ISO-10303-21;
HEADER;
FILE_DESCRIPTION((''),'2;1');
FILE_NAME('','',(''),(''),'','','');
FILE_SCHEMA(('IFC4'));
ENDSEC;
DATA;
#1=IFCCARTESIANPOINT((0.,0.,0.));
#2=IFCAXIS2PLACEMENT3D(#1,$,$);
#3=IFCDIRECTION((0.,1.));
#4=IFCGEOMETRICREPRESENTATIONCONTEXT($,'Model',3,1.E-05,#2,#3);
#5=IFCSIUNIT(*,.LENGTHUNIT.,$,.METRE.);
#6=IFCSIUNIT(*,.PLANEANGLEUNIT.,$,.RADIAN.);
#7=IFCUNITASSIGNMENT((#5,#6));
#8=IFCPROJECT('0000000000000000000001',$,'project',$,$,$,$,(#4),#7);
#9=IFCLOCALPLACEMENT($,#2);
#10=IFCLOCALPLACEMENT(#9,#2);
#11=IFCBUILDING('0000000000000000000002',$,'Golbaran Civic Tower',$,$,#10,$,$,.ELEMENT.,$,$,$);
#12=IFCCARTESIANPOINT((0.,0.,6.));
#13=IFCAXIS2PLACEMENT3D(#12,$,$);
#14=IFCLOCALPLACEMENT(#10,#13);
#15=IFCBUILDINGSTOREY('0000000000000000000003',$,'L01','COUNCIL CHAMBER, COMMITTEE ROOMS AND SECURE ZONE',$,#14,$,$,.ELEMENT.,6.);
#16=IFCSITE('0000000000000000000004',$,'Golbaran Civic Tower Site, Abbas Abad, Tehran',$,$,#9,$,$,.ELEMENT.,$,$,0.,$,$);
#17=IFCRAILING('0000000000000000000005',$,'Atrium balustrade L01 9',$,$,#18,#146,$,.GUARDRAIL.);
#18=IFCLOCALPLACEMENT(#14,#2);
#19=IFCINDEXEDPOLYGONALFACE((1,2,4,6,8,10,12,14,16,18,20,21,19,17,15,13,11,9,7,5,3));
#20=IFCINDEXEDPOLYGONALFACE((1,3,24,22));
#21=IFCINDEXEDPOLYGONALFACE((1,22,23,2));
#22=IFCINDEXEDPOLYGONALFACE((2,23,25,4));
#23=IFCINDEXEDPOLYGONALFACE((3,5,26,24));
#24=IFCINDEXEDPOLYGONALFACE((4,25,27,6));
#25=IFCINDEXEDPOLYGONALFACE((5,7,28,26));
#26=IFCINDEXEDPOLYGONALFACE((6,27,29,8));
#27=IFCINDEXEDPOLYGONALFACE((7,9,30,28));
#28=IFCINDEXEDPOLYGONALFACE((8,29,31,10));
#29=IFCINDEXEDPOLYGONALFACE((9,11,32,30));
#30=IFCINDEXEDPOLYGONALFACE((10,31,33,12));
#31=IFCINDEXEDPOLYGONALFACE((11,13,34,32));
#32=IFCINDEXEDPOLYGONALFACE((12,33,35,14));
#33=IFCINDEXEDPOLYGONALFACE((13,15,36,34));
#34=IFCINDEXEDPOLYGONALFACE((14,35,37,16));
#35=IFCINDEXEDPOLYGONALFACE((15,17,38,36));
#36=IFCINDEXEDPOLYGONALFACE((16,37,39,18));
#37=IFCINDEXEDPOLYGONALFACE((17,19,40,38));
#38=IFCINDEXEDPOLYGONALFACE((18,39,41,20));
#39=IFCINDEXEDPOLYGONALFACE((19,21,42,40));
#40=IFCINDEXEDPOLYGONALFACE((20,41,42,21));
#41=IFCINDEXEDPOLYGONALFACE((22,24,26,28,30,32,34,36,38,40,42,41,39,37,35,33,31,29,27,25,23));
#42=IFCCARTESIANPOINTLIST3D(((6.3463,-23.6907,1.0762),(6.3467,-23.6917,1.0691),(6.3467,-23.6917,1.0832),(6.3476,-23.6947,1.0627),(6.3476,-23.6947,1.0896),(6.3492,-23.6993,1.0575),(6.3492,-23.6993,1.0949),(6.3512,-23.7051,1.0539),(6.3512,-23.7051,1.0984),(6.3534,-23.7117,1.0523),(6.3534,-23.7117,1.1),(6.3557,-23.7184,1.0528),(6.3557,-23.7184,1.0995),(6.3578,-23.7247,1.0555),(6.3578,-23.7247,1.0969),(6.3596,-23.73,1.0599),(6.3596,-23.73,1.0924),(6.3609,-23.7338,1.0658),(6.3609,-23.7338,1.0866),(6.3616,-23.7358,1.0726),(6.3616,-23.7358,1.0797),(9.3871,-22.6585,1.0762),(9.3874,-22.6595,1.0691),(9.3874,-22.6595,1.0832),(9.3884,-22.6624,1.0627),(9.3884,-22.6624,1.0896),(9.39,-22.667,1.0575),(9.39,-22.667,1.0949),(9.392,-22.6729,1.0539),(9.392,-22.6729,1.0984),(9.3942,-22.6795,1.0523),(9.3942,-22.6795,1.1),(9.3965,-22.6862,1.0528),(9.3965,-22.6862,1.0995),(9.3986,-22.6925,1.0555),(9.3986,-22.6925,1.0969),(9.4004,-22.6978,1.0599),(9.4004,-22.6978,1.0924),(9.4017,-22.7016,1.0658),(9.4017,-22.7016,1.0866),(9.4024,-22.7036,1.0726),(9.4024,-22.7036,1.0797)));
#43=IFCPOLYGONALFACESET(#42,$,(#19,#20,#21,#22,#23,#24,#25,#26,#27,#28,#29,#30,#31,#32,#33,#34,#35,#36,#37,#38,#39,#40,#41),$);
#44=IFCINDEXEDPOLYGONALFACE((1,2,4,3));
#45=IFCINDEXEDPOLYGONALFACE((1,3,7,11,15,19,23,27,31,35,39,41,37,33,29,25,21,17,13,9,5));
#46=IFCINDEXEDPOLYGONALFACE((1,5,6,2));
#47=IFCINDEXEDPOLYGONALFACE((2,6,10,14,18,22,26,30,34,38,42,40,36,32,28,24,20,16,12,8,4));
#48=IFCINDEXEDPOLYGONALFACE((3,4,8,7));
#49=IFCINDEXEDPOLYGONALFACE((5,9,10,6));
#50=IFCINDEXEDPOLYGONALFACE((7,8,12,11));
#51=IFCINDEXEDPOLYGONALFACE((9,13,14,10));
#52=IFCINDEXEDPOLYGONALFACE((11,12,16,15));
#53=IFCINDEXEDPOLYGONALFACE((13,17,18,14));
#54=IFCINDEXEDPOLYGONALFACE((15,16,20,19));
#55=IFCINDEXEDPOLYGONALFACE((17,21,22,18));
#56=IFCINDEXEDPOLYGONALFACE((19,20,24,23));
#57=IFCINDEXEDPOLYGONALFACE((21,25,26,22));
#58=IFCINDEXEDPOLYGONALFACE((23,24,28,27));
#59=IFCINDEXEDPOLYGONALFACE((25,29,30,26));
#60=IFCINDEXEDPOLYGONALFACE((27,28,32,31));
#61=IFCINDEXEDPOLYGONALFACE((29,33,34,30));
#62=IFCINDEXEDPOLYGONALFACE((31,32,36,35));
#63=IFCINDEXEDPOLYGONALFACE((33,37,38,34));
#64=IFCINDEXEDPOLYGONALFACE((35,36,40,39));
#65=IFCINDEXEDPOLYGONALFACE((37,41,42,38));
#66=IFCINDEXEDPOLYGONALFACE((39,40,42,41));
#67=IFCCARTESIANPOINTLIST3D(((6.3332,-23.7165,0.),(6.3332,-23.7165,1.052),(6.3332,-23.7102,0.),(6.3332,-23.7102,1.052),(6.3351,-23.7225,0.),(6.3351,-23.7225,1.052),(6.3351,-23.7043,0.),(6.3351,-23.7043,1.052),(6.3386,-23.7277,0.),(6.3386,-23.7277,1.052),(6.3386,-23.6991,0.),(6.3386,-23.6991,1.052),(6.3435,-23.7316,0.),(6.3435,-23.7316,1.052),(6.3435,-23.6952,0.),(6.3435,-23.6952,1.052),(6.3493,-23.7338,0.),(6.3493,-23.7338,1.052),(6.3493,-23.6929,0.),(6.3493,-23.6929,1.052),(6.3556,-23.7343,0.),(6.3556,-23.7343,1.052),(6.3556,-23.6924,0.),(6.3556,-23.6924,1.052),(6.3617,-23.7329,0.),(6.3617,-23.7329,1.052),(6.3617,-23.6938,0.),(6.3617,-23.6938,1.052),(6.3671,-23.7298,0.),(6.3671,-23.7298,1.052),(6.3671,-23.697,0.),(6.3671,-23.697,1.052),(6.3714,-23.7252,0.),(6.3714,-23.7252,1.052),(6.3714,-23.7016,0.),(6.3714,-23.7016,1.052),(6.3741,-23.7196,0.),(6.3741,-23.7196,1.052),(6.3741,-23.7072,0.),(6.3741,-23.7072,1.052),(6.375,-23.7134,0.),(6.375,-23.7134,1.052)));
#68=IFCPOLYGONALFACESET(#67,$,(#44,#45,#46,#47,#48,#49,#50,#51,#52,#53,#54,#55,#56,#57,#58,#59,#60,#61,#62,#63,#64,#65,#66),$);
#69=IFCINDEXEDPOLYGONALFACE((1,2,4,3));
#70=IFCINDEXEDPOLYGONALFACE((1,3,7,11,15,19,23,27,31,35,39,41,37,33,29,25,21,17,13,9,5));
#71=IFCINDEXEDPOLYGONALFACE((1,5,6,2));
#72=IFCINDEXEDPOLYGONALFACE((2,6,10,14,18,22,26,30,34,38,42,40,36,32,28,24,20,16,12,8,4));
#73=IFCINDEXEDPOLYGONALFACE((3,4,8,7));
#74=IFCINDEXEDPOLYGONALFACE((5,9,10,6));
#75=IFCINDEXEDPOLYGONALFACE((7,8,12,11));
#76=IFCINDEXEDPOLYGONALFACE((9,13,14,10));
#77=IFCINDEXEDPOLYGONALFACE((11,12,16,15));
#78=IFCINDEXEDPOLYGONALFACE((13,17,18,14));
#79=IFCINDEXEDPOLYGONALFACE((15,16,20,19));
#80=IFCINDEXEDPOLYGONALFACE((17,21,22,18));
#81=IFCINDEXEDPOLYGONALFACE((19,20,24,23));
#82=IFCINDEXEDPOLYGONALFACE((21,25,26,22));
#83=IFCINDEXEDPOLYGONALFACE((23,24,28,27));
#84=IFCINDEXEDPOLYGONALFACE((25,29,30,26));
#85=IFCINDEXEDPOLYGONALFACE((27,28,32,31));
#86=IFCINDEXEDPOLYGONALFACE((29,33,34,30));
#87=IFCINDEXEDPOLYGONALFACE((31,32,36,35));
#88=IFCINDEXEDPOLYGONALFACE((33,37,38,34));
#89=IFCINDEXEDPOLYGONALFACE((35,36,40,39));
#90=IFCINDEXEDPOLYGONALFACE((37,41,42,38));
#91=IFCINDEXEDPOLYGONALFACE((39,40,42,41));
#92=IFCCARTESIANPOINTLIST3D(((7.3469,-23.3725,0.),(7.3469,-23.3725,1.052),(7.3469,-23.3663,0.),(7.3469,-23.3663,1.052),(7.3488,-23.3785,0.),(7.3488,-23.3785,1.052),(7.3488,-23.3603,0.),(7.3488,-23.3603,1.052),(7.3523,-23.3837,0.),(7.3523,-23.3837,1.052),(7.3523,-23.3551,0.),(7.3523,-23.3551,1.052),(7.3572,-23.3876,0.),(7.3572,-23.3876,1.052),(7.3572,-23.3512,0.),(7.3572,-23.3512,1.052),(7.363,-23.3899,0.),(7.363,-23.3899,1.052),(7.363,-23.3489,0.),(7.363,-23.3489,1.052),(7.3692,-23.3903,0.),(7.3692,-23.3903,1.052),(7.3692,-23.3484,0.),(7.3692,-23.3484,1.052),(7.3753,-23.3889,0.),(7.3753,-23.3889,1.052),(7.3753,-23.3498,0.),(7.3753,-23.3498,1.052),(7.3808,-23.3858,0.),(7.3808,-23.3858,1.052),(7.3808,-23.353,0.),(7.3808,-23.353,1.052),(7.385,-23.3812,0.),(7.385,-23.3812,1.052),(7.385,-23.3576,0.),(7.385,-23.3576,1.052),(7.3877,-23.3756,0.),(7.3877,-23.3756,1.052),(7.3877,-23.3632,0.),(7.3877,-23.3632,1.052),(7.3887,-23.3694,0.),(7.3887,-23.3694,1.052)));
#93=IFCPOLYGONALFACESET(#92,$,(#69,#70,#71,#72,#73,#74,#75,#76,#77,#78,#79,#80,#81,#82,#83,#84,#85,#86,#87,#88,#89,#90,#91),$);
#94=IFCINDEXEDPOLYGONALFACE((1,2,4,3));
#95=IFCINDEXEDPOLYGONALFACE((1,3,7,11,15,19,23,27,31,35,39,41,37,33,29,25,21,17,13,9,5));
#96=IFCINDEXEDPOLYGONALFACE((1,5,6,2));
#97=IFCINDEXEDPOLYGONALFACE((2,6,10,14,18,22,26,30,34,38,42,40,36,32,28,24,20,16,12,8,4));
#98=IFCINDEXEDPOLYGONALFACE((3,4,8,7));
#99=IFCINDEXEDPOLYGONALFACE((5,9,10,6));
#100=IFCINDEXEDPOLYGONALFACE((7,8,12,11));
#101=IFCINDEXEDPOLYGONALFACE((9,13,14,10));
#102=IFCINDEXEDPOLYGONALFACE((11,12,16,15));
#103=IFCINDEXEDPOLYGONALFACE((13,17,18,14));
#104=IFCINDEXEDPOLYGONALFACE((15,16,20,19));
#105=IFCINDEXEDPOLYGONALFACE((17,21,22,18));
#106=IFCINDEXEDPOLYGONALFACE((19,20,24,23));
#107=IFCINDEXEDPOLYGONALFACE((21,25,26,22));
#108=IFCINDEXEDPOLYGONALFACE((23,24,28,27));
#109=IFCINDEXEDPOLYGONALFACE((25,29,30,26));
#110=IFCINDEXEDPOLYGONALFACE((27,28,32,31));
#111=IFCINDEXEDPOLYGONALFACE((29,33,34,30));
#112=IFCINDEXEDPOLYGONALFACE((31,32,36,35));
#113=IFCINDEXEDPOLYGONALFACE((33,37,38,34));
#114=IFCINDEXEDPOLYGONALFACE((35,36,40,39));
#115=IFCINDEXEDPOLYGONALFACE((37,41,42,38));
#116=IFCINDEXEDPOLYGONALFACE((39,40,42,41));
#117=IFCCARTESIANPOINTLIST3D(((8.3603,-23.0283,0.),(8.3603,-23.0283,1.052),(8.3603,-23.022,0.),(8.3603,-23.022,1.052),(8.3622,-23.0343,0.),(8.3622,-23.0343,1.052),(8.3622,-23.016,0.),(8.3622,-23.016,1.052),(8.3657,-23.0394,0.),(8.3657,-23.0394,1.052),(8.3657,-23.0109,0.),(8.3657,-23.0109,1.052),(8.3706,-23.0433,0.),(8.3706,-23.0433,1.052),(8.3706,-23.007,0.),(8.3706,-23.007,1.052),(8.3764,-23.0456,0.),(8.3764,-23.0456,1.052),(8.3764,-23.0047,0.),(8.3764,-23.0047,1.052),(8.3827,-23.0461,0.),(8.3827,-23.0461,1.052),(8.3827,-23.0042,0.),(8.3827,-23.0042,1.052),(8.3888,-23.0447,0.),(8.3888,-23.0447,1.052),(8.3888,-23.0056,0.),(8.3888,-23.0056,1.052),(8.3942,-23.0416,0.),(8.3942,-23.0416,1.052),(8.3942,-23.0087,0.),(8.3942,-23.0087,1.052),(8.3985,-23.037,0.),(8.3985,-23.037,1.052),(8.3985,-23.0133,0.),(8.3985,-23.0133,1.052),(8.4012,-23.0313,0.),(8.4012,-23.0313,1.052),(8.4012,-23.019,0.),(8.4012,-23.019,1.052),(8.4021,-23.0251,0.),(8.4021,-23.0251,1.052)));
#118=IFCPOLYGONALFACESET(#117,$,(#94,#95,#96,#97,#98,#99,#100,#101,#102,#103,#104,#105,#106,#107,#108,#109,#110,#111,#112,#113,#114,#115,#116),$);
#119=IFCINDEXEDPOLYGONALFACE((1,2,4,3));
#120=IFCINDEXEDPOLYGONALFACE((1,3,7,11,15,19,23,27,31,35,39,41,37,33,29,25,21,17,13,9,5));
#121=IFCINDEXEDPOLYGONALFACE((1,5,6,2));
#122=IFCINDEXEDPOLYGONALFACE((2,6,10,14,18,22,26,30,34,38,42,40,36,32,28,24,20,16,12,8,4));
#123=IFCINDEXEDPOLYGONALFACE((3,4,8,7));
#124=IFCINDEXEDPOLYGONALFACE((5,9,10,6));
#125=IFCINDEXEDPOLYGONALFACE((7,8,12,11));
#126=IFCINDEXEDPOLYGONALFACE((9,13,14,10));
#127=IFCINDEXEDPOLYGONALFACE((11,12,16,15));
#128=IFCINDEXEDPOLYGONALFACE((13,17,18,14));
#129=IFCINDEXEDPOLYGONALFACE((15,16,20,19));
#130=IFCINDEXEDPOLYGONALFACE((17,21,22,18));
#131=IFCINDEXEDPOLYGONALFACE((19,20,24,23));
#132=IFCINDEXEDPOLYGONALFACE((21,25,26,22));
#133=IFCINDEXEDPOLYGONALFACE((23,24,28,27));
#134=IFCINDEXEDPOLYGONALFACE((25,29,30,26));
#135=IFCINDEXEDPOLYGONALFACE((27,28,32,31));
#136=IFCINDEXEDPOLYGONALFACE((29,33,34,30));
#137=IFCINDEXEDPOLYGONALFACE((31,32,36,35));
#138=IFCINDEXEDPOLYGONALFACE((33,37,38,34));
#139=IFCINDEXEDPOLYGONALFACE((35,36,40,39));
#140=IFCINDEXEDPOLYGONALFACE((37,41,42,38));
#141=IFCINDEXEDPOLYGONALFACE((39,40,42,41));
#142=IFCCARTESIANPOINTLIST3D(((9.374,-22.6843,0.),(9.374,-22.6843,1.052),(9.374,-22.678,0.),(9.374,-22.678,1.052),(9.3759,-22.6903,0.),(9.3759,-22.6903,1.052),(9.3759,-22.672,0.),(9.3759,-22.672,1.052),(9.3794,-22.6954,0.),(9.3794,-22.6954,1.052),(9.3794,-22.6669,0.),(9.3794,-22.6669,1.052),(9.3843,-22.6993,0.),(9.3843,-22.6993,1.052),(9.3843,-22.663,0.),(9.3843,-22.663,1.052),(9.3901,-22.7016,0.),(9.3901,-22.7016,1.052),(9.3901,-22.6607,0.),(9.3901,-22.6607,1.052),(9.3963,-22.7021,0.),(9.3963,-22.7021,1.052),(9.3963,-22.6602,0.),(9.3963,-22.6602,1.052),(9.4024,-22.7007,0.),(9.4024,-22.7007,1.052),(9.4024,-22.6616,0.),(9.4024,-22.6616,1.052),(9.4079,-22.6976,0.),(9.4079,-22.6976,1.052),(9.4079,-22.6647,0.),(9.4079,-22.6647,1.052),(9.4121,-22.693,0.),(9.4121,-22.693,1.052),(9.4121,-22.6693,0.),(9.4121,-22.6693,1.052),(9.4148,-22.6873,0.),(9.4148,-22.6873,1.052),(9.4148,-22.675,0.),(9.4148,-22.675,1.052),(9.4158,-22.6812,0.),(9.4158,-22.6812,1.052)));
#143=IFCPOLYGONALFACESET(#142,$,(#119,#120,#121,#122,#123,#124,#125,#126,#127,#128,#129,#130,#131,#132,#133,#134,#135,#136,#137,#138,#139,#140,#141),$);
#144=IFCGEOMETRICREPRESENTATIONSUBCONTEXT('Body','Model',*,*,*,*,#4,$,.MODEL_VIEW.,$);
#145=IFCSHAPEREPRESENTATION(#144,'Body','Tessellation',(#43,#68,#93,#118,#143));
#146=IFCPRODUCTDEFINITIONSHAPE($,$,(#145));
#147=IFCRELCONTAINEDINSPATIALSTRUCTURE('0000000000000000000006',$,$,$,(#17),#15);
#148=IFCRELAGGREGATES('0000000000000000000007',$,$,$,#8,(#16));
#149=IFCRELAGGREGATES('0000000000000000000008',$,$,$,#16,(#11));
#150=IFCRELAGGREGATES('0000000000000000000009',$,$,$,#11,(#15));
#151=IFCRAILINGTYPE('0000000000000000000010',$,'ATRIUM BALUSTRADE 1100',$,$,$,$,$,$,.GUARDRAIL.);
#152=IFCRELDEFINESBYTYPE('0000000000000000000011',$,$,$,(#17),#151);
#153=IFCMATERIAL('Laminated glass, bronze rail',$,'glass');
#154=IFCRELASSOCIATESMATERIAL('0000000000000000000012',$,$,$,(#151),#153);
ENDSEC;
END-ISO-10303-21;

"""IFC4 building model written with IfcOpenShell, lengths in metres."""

from ifc_helpers import new_model, si_unit, direction, frame, origin, origin_2d, place, context, subcontext, project, spatial, circle, extrude, material, type_object, element, save


model = new_model("IFC4")

# Units and contexts
model_context = context("Model", 3, precision=1e-05, world=origin(), true_north=direction((0.0, 1.0)))
body_context = subcontext(model_context, "Body", "Model", "MODEL_VIEW")
ifc_project = project(units=[si_unit("LENGTHUNIT", "METRE"), si_unit("PLANEANGLEUNIT", "RADIAN")], contexts=[model_context])

# Site, building, storey
site_placement = place(None, origin())
site = spatial("IfcSite", under=ifc_project, at=site_placement, Name="Golbaran Civic Tower Site, Abbas Abad, Tehran", CompositionType="ELEMENT", RefElevation=0.0)
building_placement = place(site_placement, origin())
building = spatial("IfcBuilding", under=site, at=building_placement, Name="Golbaran Civic Tower", CompositionType="ELEMENT")
storey_placement = place(building_placement, frame((0.0, 0.0, 6.0)))
storey = spatial("IfcBuildingStorey", under=building, at=storey_placement, Name="L01", Description="COUNCIL CHAMBER, COMMITTEE ROOMS AND SECURE ZONE", CompositionType="ELEMENT", Elevation=6.0)

# Railing
ifc_material_1 = material(Name="Laminated glass, bronze rail", Category="glass")
railing_type = type_object("IfcRailingType", Name="ATRIUM BALUSTRADE 1100", PredefinedType="GUARDRAIL", material=ifc_material_1)
railing_1_placement = place(storey_placement, frame((6.354, -23.7134, 0.0)))
element("IfcRailing", 1, at=railing_1_placement, inside=storey, type_object=railing_type, Name="Atrium balustrade L01 9", PredefinedType="GUARDRAIL", context=body_context, shape_type="SweptSolid", body=[
    extrude(circle(Radius=0.0239, at=origin_2d()), frame((0.0, 0.0, 1.0762), z_axis=(0.946928, 0.321446, 0.0), x_axis=(-0.321446, 0.946928, 0.0)), (0.0, 0.0, 1.0), 3.2112),
    extrude(circle(Radius=0.021, at=origin_2d()), origin(), (0.0, 0.0, 1.0), 1.052),
    extrude(circle(Radius=0.021, at=origin_2d()), frame((1.0137, 0.344, 0.0)), (0.0, 0.0, 1.0), 1.052),
    extrude(circle(Radius=0.021, at=origin_2d()), frame((2.0271, 0.6882, 0.0)), (0.0, 0.0, 1.0), 1.052),
    extrude(circle(Radius=0.021, at=origin_2d()), frame((3.0408, 1.0322, 0.0)), (0.0, 0.0, 1.0), 1.052),
])

save(model, "model.ifc")
